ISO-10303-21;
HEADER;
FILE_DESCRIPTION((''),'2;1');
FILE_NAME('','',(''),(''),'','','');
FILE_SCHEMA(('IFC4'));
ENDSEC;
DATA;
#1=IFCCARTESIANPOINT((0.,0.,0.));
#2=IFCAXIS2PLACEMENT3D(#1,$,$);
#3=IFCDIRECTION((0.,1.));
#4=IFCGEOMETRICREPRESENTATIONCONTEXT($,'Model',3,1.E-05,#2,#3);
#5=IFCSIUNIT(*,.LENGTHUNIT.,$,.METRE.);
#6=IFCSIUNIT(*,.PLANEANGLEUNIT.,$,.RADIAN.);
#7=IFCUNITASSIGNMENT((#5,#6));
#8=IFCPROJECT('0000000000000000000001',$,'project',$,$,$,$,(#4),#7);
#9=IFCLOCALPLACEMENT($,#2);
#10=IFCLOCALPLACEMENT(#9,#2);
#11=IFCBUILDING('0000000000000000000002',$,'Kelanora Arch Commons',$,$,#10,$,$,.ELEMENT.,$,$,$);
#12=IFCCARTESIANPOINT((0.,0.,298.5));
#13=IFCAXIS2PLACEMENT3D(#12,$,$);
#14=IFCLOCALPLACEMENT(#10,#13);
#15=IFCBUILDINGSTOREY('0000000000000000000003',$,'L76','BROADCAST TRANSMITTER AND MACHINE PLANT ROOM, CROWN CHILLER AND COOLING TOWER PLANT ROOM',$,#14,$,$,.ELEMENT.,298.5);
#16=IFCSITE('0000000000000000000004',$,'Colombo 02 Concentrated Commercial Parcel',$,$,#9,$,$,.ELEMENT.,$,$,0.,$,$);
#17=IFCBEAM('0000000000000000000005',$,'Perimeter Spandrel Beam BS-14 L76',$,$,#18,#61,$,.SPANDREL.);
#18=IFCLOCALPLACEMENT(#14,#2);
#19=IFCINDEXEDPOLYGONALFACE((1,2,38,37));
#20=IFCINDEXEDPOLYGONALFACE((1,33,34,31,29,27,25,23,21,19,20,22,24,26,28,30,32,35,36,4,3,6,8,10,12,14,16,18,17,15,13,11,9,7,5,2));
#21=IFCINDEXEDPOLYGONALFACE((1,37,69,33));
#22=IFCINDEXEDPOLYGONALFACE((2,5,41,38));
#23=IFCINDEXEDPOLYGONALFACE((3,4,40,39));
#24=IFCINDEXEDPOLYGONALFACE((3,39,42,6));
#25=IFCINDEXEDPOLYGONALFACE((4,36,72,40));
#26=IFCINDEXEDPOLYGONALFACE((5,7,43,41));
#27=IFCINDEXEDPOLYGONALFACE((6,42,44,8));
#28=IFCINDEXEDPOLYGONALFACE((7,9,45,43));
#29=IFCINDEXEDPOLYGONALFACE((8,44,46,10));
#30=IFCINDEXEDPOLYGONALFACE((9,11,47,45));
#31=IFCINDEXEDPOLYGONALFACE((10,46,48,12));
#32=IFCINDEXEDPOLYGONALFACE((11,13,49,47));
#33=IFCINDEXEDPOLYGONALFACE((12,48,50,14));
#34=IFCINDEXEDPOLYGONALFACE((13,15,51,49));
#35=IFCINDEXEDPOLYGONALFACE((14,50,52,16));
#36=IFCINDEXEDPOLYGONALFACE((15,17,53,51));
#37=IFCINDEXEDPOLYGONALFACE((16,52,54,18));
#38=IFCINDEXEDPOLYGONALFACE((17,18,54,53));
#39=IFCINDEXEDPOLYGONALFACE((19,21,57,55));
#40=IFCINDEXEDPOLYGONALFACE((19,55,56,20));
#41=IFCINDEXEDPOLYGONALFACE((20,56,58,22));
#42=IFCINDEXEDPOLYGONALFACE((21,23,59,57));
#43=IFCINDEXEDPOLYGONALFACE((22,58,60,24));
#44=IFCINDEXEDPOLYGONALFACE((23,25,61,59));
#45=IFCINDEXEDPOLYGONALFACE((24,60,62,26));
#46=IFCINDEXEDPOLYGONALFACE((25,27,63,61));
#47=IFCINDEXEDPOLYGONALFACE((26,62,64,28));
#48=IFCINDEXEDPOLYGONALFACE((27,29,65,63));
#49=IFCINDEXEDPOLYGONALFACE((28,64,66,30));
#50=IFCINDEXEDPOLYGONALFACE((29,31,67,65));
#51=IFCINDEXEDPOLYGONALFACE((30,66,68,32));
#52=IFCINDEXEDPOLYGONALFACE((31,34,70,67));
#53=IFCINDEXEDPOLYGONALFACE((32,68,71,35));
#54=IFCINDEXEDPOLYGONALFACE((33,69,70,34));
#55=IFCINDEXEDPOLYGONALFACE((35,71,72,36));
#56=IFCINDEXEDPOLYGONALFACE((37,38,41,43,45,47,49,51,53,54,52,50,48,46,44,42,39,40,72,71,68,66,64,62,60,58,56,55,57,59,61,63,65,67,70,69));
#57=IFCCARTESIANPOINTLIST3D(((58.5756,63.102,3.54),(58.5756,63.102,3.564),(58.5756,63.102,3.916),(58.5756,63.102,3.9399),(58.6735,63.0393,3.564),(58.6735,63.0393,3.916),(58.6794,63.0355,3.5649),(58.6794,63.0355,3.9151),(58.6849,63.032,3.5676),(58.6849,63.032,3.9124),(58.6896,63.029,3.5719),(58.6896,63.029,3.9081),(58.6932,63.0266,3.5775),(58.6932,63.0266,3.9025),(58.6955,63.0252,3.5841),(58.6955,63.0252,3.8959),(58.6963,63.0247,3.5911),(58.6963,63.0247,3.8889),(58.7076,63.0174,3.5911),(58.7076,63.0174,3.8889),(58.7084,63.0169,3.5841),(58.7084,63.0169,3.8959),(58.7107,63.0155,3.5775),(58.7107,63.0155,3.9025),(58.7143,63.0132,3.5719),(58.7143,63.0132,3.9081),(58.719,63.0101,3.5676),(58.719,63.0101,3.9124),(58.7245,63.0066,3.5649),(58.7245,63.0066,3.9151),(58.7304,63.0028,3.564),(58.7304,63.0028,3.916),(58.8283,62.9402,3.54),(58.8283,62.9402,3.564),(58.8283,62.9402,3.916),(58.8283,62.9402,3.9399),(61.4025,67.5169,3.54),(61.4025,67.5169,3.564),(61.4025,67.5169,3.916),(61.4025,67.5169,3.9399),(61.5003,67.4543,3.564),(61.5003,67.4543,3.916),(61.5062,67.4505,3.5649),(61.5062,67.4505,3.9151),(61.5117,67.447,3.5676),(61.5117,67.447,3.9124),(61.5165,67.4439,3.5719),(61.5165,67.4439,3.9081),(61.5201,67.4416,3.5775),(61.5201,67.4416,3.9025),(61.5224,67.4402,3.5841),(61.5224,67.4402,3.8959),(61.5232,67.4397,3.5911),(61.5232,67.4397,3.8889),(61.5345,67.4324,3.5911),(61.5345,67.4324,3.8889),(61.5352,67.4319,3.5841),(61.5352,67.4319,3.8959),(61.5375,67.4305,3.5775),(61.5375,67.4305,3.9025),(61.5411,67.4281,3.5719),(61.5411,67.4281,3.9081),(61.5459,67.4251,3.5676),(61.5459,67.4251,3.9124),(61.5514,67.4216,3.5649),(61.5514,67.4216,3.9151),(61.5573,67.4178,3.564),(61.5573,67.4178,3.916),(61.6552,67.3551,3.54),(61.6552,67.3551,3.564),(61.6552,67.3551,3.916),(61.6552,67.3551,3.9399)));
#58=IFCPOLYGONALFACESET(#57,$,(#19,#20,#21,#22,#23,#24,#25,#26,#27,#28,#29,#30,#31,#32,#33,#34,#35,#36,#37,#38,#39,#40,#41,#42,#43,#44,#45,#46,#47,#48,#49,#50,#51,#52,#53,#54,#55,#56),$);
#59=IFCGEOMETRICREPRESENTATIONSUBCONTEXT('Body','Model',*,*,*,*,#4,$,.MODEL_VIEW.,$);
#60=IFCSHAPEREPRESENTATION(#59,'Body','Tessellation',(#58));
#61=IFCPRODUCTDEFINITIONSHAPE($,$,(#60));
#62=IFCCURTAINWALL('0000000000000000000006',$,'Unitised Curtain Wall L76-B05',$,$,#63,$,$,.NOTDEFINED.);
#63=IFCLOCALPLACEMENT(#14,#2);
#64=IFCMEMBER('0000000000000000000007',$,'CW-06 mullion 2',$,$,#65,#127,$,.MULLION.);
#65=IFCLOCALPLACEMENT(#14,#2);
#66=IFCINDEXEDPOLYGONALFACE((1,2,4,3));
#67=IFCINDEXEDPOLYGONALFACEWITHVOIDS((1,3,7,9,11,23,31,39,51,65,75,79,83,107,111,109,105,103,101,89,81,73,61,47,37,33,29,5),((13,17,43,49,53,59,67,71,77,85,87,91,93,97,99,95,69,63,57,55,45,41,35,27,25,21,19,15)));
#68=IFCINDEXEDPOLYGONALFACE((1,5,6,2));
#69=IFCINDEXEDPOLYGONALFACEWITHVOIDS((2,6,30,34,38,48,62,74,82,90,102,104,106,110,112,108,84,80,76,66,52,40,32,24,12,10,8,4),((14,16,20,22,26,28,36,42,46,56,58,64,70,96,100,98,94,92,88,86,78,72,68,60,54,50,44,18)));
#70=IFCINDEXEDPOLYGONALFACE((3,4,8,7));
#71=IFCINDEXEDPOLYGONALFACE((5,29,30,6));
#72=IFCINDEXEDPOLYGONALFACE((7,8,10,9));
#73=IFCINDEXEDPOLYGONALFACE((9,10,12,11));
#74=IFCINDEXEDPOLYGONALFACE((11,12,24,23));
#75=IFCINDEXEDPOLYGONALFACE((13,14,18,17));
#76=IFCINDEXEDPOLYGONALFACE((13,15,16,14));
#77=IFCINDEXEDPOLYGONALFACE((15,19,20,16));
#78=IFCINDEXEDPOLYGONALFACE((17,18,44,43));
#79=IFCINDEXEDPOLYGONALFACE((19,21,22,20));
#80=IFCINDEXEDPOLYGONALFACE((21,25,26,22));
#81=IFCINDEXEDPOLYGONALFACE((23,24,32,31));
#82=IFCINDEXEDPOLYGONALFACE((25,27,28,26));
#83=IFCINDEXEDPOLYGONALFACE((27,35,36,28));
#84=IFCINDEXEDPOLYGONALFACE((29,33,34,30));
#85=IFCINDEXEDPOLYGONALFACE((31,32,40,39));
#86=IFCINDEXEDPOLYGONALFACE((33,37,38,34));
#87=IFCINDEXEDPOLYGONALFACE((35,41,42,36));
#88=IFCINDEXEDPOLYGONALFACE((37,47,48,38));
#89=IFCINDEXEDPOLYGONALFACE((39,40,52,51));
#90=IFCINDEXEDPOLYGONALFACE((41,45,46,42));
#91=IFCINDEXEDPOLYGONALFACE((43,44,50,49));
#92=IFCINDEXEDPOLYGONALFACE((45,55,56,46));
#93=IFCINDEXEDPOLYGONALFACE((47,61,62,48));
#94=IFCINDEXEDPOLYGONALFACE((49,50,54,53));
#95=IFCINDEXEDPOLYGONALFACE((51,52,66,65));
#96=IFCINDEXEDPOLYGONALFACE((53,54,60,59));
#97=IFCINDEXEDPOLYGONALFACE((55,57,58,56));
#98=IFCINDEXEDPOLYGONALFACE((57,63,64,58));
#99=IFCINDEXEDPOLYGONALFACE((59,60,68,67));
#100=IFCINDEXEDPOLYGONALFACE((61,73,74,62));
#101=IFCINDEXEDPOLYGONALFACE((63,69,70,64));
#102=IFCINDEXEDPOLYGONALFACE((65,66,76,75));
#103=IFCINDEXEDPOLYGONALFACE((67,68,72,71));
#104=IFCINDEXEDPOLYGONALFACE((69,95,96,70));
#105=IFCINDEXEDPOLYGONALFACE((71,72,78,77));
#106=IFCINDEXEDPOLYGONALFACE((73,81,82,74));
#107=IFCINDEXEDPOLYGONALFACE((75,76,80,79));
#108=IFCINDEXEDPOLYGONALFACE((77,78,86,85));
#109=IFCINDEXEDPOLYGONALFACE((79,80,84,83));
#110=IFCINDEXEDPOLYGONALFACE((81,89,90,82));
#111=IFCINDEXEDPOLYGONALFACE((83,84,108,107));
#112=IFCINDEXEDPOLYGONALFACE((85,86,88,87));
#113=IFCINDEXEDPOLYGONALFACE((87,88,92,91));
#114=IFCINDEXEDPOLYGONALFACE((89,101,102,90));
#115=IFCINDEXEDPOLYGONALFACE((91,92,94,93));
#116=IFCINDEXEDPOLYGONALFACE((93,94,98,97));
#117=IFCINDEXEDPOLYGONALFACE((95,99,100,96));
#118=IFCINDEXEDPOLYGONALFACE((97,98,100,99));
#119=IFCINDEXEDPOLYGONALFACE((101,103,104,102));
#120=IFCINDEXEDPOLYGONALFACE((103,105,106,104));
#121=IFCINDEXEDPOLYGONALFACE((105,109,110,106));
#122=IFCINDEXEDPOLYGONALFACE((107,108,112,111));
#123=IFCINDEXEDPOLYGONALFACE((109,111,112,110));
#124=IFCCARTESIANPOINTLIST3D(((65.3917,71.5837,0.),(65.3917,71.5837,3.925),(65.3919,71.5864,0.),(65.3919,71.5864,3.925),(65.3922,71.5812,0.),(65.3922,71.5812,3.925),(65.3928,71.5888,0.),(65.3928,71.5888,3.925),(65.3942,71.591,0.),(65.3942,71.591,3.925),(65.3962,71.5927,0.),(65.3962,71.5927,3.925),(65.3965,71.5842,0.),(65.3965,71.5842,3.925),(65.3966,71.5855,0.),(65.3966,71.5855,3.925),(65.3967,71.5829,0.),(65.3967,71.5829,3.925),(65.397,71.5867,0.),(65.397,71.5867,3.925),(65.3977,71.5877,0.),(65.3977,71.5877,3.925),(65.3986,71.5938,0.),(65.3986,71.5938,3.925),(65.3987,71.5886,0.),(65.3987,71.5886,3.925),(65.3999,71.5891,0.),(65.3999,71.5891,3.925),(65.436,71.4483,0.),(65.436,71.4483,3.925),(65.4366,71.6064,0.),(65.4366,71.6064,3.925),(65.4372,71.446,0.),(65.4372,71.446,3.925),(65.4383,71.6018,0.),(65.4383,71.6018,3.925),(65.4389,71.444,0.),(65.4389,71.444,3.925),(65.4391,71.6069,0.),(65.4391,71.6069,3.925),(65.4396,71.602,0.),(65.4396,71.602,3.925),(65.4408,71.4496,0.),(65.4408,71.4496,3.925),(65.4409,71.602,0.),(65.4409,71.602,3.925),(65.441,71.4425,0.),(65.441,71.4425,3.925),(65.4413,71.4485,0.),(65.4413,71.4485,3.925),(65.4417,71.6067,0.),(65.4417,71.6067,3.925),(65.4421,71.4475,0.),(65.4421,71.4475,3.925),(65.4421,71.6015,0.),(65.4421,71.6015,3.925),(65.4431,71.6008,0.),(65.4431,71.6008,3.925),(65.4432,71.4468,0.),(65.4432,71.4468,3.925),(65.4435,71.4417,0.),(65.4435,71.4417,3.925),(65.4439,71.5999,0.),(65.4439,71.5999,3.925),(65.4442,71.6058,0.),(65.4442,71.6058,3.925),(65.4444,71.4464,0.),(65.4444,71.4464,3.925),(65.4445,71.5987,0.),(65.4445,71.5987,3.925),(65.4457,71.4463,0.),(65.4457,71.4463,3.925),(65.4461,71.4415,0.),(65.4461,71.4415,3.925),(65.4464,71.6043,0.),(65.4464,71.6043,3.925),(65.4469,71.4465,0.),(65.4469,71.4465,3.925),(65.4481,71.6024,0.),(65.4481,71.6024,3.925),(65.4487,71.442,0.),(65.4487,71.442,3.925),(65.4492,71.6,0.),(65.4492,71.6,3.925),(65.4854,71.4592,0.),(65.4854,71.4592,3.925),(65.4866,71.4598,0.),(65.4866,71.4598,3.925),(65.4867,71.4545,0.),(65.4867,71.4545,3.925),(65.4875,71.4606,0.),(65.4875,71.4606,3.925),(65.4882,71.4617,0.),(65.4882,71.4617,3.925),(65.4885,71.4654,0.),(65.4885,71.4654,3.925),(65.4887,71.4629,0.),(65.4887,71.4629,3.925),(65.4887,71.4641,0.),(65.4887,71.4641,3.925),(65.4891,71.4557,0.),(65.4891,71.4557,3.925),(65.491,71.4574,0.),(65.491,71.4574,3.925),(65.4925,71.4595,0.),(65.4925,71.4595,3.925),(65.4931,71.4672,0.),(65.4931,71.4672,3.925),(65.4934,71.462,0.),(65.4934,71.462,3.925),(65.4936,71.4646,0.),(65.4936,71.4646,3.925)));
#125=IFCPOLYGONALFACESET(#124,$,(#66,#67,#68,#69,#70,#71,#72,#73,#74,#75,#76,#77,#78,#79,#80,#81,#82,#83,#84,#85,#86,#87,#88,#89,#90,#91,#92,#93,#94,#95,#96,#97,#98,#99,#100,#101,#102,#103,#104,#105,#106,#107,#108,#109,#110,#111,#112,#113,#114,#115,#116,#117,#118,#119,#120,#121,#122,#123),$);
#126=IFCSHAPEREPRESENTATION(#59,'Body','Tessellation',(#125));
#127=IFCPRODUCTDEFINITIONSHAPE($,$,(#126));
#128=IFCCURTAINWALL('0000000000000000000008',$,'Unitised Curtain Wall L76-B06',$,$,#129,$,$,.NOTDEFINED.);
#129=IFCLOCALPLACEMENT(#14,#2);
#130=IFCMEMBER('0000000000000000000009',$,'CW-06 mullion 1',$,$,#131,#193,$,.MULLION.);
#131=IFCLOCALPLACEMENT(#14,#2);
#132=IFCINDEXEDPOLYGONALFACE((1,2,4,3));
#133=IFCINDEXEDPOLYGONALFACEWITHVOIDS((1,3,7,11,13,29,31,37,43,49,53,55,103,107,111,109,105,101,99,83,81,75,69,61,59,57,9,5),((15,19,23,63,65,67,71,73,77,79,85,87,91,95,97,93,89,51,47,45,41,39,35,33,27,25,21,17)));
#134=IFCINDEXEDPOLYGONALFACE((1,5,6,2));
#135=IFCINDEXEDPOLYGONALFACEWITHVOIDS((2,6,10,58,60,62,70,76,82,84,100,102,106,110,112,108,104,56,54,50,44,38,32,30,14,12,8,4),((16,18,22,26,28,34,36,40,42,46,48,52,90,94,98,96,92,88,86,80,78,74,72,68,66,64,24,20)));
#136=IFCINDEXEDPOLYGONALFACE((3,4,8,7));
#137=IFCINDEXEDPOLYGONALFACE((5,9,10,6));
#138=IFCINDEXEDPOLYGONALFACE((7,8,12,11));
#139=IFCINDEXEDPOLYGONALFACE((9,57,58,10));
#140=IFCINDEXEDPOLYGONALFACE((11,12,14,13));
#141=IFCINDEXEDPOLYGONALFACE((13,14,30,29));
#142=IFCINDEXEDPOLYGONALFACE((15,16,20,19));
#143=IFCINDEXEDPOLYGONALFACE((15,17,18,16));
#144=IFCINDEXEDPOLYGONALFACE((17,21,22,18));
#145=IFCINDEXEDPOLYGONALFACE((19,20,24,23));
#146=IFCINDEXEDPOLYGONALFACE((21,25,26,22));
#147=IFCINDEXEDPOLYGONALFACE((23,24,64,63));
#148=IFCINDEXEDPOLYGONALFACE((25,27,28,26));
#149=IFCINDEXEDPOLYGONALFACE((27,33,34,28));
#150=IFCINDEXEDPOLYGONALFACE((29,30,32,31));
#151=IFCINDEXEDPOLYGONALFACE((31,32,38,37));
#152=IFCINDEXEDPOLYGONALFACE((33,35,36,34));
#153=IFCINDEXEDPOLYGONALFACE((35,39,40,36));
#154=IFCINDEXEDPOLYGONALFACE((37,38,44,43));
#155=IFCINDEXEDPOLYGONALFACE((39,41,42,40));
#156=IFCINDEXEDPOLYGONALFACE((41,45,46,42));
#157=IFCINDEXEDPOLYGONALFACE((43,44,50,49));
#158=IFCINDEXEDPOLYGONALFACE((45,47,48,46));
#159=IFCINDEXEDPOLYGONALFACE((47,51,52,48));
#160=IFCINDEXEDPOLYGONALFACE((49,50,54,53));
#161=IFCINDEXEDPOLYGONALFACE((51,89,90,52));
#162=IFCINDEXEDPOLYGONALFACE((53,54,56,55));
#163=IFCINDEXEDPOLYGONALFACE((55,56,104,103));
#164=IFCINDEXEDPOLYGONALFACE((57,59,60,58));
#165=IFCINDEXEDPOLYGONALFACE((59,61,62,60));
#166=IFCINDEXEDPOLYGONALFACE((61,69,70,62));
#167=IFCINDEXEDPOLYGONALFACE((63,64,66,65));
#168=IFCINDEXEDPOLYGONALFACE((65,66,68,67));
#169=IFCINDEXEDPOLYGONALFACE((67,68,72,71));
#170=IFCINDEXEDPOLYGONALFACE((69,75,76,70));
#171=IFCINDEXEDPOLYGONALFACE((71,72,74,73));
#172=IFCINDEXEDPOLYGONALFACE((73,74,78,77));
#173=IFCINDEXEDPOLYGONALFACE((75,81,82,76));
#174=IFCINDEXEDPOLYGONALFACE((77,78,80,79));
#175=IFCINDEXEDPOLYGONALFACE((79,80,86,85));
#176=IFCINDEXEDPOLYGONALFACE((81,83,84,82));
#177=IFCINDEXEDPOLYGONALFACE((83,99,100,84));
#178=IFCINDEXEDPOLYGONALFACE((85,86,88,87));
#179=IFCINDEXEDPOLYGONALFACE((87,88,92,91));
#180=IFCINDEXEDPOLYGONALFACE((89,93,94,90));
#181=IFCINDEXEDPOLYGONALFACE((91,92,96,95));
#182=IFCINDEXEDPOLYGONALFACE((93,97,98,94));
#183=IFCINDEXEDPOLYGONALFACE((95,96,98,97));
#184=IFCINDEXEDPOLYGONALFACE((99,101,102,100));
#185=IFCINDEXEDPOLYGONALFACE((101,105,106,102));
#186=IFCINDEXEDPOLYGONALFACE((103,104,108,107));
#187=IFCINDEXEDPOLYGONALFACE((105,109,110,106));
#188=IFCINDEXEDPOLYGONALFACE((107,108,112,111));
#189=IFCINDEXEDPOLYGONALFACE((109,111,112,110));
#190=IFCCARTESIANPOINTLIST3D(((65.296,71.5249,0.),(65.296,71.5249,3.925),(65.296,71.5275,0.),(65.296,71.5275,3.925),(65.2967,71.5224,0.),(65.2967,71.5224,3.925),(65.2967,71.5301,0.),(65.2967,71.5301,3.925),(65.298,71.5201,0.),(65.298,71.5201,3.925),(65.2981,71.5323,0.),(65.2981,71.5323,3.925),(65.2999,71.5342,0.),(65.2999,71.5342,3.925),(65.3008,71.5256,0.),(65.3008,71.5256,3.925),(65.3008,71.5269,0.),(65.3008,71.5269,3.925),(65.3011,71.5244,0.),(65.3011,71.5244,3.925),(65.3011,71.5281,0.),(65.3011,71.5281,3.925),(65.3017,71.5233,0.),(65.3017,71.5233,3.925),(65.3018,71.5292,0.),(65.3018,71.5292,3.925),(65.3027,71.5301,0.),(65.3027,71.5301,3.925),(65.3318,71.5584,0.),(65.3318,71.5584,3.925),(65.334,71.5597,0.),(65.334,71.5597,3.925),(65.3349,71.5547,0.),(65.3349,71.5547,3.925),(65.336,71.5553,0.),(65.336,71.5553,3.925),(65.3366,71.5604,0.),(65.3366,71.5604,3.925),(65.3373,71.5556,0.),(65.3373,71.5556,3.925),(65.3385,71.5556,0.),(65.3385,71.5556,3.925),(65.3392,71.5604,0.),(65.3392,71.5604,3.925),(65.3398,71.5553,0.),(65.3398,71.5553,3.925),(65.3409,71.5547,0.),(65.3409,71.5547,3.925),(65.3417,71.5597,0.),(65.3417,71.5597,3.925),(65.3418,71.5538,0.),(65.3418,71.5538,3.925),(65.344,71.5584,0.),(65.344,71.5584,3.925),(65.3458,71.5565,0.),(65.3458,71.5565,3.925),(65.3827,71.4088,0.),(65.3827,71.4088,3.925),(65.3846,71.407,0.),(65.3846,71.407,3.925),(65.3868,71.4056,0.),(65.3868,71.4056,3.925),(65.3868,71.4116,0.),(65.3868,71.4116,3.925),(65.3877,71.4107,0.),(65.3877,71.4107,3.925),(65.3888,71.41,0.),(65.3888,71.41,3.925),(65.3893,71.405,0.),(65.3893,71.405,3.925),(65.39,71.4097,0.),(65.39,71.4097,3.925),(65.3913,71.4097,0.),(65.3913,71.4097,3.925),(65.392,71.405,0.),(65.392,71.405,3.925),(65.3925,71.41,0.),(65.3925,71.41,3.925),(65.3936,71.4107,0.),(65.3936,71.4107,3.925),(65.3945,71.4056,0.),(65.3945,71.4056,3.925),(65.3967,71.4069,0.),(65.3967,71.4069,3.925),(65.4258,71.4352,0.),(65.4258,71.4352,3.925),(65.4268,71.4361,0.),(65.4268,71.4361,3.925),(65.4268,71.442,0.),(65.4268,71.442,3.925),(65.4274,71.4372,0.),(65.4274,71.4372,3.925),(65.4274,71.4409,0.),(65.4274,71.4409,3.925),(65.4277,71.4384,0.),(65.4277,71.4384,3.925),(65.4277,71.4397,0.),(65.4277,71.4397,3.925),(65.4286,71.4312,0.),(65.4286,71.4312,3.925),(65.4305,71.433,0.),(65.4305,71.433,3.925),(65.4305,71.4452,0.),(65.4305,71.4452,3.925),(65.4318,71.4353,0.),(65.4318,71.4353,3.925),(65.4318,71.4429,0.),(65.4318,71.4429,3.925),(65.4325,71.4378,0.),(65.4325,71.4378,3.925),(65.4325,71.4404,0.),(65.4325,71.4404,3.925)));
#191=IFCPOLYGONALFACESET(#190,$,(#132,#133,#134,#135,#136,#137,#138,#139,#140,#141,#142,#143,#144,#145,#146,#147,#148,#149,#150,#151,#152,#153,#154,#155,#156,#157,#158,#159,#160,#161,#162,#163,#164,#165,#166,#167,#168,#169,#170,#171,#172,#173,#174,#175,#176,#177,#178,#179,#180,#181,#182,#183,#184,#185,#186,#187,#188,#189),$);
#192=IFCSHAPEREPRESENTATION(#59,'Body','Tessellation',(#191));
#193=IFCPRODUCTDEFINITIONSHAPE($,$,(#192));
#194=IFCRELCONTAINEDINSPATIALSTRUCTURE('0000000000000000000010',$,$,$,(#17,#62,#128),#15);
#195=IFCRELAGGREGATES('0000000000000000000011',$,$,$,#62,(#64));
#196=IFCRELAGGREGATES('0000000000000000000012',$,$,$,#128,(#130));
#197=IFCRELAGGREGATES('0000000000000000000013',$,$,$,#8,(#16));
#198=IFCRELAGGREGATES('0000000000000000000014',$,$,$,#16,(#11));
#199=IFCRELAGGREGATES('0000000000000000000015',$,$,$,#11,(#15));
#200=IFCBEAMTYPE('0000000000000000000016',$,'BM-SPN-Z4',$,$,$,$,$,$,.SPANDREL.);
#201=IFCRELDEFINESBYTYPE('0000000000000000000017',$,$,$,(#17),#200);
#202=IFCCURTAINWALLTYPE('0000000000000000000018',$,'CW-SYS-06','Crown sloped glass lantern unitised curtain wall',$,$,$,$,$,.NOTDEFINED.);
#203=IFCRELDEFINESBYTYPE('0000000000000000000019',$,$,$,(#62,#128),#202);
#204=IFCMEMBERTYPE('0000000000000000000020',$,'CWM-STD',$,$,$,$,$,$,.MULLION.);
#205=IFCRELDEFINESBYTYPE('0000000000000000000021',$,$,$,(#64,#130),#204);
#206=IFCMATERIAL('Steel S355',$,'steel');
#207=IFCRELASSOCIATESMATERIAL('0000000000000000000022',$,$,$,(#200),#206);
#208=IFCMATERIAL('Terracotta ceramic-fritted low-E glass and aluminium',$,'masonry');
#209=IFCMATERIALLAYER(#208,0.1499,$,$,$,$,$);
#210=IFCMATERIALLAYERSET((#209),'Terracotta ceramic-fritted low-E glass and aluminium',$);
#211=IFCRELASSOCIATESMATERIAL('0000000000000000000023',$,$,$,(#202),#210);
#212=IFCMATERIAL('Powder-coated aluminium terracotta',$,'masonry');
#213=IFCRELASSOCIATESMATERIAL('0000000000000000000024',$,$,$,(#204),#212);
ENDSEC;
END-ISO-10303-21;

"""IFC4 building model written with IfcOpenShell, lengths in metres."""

from ifc_helpers import new_model, si_unit, direction, frame, origin, origin_2d, place, context, subcontext, project, spatial, hollow_rectangle, i_section, extrude, material, layer, layer_set, material_profile, profile_set, type_object, element, aggregate, save


model = new_model("IFC4")

# Units and contexts
model_context = context("Model", 3, precision=1e-05, world=origin(), true_north=direction((0.0, 1.0)))
body_context = subcontext(model_context, "Body", "Model", "MODEL_VIEW")
ifc_project = project(units=[si_unit("LENGTHUNIT", "METRE"), si_unit("PLANEANGLEUNIT", "RADIAN")], contexts=[model_context])

# Site, building, storey
site_placement = place(None, origin())
site = spatial("IfcSite", under=ifc_project, at=site_placement, Name="Colombo 02 Concentrated Commercial Parcel", CompositionType="ELEMENT", RefElevation=0.0)
building_placement = place(site_placement, origin())
building = spatial("IfcBuilding", under=site, at=building_placement, Name="Kelanora Arch Commons", CompositionType="ELEMENT")
storey_placement = place(building_placement, frame((0.0, 0.0, 298.5)))
storey = spatial("IfcBuildingStorey", under=building, at=storey_placement, Name="L76", Description="BROADCAST TRANSMITTER AND MACHINE PLANT ROOM, CROWN CHILLER AND COOLING TOWER PLANT ROOM", CompositionType="ELEMENT", Elevation=298.5)

# Beam
ifc_material_1 = material(Name="Steel S355", Category="steel")
ifc_material_profile_1 = material_profile(ifc_material_1, i_section(OverallWidth=0.3, OverallDepth=0.3999, WebThickness=0.0134, FlangeThickness=0.0239, FilletRadius=0.0271, at=origin_2d()), Name="HEB400")
ifc_profile_set_1 = profile_set([ifc_material_profile_1], Name="Steel S355")
beam_type_1 = type_object("IfcBeamType", Name="BM-SPN-Z4", PredefinedType="SPANDREL", material=ifc_profile_set_1)
beam_1_placement = place(storey_placement, frame((61.5288, 67.436, 3.74), z_axis=(-0.539227, -0.842161, 0.0), x_axis=(0.842161, -0.539227, 0.0)))
element("IfcBeam", 1, at=beam_1_placement, inside=storey, type_object=beam_type_1, Name="Perimeter Spandrel Beam BS-14 L76", PredefinedType="SPANDREL", context=body_context, shape_type="SweptSolid", body=[
    extrude(i_section(OverallWidth=0.3, OverallDepth=0.3999, WebThickness=0.0134, FlangeThickness=0.0239, FilletRadius=0.0271, at=origin_2d()), origin(), (0.0, 0.0, 1.0), 5.2424),
])

# Curtain wall, member
ifc_material_2 = material(Name="Terracotta ceramic-fritted low-E glass and aluminium", Category="masonry")
ifc_layer_1 = layer(ifc_material_2, 0.1499)
ifc_layer_set_1 = layer_set([ifc_layer_1], Name="Terracotta ceramic-fritted low-E glass and aluminium")
curtain_wall_type = type_object("IfcCurtainWallType", Name="CW-SYS-06", Description="Crown sloped glass lantern unitised curtain wall", PredefinedType="NOTDEFINED", material=ifc_layer_set_1)
curtain_wall_1_placement = place(storey_placement, origin())
curtain_wall_1 = element("IfcCurtainWall", 2, at=curtain_wall_1_placement, inside=storey, type_object=curtain_wall_type, Name="Unitised Curtain Wall L76-B05", PredefinedType="NOTDEFINED")
ifc_material_3 = material(Name="Powder-coated aluminium terracotta", Category="masonry")
ifc_material_profile_2 = material_profile(ifc_material_3, hollow_rectangle(XDim=0.1599, YDim=0.0601, WallThickness=0.0049, InnerFilletRadius=0.0049, OuterFilletRadius=0.01, at=origin_2d()), Name="CWM160x60")
ifc_profile_set_2 = profile_set([ifc_material_profile_2], Name="Powder-coated aluminium terracotta")
member_type_1 = type_object("IfcMemberType", Name="CWM-STD", PredefinedType="MULLION", material=ifc_profile_set_2)
member_1_placement = place(storey_placement, frame((65.4426, 71.5242, 0.0), z_axis=(0.0, 0.0, 1.0), x_axis=(0.313467, -0.949599, 0.0)))
member_1 = element("IfcMember", 3, at=member_1_placement, type_object=member_type_1, Name="CW-06 mullion 2", PredefinedType="MULLION", context=body_context, shape_type="SweptSolid", body=[
    extrude(hollow_rectangle(XDim=0.1599, YDim=0.0601, WallThickness=0.0049, InnerFilletRadius=0.0049, OuterFilletRadius=0.01, at=origin_2d()), origin(), (0.0, 0.0, 1.0), 3.925),
])
aggregate(curtain_wall_1, [member_1])

# Curtain wall, member
curtain_wall_2_placement = place(storey_placement, origin())
curtain_wall_2 = element("IfcCurtainWall", 4, at=curtain_wall_2_placement, inside=storey, type_object=curtain_wall_type, Name="Unitised Curtain Wall L76-B06", PredefinedType="NOTDEFINED")
member_2_placement = place(storey_placement, frame((65.3643, 71.4827, 0.0), z_axis=(0.0, 0.0, 1.0), x_axis=(0.605596, -0.795772, 0.0)))
member_2 = element("IfcMember", 5, at=member_2_placement, type_object=member_type_1, Name="CW-06 mullion 1", PredefinedType="MULLION", context=body_context, shape_type="SweptSolid", body=[
    extrude(hollow_rectangle(XDim=0.1599, YDim=0.0601, WallThickness=0.0049, InnerFilletRadius=0.0049, OuterFilletRadius=0.01, at=origin_2d()), origin(), (0.0, 0.0, 1.0), 3.925),
])

aggregate(curtain_wall_2, [member_2])

save(model, "model.ifc")
